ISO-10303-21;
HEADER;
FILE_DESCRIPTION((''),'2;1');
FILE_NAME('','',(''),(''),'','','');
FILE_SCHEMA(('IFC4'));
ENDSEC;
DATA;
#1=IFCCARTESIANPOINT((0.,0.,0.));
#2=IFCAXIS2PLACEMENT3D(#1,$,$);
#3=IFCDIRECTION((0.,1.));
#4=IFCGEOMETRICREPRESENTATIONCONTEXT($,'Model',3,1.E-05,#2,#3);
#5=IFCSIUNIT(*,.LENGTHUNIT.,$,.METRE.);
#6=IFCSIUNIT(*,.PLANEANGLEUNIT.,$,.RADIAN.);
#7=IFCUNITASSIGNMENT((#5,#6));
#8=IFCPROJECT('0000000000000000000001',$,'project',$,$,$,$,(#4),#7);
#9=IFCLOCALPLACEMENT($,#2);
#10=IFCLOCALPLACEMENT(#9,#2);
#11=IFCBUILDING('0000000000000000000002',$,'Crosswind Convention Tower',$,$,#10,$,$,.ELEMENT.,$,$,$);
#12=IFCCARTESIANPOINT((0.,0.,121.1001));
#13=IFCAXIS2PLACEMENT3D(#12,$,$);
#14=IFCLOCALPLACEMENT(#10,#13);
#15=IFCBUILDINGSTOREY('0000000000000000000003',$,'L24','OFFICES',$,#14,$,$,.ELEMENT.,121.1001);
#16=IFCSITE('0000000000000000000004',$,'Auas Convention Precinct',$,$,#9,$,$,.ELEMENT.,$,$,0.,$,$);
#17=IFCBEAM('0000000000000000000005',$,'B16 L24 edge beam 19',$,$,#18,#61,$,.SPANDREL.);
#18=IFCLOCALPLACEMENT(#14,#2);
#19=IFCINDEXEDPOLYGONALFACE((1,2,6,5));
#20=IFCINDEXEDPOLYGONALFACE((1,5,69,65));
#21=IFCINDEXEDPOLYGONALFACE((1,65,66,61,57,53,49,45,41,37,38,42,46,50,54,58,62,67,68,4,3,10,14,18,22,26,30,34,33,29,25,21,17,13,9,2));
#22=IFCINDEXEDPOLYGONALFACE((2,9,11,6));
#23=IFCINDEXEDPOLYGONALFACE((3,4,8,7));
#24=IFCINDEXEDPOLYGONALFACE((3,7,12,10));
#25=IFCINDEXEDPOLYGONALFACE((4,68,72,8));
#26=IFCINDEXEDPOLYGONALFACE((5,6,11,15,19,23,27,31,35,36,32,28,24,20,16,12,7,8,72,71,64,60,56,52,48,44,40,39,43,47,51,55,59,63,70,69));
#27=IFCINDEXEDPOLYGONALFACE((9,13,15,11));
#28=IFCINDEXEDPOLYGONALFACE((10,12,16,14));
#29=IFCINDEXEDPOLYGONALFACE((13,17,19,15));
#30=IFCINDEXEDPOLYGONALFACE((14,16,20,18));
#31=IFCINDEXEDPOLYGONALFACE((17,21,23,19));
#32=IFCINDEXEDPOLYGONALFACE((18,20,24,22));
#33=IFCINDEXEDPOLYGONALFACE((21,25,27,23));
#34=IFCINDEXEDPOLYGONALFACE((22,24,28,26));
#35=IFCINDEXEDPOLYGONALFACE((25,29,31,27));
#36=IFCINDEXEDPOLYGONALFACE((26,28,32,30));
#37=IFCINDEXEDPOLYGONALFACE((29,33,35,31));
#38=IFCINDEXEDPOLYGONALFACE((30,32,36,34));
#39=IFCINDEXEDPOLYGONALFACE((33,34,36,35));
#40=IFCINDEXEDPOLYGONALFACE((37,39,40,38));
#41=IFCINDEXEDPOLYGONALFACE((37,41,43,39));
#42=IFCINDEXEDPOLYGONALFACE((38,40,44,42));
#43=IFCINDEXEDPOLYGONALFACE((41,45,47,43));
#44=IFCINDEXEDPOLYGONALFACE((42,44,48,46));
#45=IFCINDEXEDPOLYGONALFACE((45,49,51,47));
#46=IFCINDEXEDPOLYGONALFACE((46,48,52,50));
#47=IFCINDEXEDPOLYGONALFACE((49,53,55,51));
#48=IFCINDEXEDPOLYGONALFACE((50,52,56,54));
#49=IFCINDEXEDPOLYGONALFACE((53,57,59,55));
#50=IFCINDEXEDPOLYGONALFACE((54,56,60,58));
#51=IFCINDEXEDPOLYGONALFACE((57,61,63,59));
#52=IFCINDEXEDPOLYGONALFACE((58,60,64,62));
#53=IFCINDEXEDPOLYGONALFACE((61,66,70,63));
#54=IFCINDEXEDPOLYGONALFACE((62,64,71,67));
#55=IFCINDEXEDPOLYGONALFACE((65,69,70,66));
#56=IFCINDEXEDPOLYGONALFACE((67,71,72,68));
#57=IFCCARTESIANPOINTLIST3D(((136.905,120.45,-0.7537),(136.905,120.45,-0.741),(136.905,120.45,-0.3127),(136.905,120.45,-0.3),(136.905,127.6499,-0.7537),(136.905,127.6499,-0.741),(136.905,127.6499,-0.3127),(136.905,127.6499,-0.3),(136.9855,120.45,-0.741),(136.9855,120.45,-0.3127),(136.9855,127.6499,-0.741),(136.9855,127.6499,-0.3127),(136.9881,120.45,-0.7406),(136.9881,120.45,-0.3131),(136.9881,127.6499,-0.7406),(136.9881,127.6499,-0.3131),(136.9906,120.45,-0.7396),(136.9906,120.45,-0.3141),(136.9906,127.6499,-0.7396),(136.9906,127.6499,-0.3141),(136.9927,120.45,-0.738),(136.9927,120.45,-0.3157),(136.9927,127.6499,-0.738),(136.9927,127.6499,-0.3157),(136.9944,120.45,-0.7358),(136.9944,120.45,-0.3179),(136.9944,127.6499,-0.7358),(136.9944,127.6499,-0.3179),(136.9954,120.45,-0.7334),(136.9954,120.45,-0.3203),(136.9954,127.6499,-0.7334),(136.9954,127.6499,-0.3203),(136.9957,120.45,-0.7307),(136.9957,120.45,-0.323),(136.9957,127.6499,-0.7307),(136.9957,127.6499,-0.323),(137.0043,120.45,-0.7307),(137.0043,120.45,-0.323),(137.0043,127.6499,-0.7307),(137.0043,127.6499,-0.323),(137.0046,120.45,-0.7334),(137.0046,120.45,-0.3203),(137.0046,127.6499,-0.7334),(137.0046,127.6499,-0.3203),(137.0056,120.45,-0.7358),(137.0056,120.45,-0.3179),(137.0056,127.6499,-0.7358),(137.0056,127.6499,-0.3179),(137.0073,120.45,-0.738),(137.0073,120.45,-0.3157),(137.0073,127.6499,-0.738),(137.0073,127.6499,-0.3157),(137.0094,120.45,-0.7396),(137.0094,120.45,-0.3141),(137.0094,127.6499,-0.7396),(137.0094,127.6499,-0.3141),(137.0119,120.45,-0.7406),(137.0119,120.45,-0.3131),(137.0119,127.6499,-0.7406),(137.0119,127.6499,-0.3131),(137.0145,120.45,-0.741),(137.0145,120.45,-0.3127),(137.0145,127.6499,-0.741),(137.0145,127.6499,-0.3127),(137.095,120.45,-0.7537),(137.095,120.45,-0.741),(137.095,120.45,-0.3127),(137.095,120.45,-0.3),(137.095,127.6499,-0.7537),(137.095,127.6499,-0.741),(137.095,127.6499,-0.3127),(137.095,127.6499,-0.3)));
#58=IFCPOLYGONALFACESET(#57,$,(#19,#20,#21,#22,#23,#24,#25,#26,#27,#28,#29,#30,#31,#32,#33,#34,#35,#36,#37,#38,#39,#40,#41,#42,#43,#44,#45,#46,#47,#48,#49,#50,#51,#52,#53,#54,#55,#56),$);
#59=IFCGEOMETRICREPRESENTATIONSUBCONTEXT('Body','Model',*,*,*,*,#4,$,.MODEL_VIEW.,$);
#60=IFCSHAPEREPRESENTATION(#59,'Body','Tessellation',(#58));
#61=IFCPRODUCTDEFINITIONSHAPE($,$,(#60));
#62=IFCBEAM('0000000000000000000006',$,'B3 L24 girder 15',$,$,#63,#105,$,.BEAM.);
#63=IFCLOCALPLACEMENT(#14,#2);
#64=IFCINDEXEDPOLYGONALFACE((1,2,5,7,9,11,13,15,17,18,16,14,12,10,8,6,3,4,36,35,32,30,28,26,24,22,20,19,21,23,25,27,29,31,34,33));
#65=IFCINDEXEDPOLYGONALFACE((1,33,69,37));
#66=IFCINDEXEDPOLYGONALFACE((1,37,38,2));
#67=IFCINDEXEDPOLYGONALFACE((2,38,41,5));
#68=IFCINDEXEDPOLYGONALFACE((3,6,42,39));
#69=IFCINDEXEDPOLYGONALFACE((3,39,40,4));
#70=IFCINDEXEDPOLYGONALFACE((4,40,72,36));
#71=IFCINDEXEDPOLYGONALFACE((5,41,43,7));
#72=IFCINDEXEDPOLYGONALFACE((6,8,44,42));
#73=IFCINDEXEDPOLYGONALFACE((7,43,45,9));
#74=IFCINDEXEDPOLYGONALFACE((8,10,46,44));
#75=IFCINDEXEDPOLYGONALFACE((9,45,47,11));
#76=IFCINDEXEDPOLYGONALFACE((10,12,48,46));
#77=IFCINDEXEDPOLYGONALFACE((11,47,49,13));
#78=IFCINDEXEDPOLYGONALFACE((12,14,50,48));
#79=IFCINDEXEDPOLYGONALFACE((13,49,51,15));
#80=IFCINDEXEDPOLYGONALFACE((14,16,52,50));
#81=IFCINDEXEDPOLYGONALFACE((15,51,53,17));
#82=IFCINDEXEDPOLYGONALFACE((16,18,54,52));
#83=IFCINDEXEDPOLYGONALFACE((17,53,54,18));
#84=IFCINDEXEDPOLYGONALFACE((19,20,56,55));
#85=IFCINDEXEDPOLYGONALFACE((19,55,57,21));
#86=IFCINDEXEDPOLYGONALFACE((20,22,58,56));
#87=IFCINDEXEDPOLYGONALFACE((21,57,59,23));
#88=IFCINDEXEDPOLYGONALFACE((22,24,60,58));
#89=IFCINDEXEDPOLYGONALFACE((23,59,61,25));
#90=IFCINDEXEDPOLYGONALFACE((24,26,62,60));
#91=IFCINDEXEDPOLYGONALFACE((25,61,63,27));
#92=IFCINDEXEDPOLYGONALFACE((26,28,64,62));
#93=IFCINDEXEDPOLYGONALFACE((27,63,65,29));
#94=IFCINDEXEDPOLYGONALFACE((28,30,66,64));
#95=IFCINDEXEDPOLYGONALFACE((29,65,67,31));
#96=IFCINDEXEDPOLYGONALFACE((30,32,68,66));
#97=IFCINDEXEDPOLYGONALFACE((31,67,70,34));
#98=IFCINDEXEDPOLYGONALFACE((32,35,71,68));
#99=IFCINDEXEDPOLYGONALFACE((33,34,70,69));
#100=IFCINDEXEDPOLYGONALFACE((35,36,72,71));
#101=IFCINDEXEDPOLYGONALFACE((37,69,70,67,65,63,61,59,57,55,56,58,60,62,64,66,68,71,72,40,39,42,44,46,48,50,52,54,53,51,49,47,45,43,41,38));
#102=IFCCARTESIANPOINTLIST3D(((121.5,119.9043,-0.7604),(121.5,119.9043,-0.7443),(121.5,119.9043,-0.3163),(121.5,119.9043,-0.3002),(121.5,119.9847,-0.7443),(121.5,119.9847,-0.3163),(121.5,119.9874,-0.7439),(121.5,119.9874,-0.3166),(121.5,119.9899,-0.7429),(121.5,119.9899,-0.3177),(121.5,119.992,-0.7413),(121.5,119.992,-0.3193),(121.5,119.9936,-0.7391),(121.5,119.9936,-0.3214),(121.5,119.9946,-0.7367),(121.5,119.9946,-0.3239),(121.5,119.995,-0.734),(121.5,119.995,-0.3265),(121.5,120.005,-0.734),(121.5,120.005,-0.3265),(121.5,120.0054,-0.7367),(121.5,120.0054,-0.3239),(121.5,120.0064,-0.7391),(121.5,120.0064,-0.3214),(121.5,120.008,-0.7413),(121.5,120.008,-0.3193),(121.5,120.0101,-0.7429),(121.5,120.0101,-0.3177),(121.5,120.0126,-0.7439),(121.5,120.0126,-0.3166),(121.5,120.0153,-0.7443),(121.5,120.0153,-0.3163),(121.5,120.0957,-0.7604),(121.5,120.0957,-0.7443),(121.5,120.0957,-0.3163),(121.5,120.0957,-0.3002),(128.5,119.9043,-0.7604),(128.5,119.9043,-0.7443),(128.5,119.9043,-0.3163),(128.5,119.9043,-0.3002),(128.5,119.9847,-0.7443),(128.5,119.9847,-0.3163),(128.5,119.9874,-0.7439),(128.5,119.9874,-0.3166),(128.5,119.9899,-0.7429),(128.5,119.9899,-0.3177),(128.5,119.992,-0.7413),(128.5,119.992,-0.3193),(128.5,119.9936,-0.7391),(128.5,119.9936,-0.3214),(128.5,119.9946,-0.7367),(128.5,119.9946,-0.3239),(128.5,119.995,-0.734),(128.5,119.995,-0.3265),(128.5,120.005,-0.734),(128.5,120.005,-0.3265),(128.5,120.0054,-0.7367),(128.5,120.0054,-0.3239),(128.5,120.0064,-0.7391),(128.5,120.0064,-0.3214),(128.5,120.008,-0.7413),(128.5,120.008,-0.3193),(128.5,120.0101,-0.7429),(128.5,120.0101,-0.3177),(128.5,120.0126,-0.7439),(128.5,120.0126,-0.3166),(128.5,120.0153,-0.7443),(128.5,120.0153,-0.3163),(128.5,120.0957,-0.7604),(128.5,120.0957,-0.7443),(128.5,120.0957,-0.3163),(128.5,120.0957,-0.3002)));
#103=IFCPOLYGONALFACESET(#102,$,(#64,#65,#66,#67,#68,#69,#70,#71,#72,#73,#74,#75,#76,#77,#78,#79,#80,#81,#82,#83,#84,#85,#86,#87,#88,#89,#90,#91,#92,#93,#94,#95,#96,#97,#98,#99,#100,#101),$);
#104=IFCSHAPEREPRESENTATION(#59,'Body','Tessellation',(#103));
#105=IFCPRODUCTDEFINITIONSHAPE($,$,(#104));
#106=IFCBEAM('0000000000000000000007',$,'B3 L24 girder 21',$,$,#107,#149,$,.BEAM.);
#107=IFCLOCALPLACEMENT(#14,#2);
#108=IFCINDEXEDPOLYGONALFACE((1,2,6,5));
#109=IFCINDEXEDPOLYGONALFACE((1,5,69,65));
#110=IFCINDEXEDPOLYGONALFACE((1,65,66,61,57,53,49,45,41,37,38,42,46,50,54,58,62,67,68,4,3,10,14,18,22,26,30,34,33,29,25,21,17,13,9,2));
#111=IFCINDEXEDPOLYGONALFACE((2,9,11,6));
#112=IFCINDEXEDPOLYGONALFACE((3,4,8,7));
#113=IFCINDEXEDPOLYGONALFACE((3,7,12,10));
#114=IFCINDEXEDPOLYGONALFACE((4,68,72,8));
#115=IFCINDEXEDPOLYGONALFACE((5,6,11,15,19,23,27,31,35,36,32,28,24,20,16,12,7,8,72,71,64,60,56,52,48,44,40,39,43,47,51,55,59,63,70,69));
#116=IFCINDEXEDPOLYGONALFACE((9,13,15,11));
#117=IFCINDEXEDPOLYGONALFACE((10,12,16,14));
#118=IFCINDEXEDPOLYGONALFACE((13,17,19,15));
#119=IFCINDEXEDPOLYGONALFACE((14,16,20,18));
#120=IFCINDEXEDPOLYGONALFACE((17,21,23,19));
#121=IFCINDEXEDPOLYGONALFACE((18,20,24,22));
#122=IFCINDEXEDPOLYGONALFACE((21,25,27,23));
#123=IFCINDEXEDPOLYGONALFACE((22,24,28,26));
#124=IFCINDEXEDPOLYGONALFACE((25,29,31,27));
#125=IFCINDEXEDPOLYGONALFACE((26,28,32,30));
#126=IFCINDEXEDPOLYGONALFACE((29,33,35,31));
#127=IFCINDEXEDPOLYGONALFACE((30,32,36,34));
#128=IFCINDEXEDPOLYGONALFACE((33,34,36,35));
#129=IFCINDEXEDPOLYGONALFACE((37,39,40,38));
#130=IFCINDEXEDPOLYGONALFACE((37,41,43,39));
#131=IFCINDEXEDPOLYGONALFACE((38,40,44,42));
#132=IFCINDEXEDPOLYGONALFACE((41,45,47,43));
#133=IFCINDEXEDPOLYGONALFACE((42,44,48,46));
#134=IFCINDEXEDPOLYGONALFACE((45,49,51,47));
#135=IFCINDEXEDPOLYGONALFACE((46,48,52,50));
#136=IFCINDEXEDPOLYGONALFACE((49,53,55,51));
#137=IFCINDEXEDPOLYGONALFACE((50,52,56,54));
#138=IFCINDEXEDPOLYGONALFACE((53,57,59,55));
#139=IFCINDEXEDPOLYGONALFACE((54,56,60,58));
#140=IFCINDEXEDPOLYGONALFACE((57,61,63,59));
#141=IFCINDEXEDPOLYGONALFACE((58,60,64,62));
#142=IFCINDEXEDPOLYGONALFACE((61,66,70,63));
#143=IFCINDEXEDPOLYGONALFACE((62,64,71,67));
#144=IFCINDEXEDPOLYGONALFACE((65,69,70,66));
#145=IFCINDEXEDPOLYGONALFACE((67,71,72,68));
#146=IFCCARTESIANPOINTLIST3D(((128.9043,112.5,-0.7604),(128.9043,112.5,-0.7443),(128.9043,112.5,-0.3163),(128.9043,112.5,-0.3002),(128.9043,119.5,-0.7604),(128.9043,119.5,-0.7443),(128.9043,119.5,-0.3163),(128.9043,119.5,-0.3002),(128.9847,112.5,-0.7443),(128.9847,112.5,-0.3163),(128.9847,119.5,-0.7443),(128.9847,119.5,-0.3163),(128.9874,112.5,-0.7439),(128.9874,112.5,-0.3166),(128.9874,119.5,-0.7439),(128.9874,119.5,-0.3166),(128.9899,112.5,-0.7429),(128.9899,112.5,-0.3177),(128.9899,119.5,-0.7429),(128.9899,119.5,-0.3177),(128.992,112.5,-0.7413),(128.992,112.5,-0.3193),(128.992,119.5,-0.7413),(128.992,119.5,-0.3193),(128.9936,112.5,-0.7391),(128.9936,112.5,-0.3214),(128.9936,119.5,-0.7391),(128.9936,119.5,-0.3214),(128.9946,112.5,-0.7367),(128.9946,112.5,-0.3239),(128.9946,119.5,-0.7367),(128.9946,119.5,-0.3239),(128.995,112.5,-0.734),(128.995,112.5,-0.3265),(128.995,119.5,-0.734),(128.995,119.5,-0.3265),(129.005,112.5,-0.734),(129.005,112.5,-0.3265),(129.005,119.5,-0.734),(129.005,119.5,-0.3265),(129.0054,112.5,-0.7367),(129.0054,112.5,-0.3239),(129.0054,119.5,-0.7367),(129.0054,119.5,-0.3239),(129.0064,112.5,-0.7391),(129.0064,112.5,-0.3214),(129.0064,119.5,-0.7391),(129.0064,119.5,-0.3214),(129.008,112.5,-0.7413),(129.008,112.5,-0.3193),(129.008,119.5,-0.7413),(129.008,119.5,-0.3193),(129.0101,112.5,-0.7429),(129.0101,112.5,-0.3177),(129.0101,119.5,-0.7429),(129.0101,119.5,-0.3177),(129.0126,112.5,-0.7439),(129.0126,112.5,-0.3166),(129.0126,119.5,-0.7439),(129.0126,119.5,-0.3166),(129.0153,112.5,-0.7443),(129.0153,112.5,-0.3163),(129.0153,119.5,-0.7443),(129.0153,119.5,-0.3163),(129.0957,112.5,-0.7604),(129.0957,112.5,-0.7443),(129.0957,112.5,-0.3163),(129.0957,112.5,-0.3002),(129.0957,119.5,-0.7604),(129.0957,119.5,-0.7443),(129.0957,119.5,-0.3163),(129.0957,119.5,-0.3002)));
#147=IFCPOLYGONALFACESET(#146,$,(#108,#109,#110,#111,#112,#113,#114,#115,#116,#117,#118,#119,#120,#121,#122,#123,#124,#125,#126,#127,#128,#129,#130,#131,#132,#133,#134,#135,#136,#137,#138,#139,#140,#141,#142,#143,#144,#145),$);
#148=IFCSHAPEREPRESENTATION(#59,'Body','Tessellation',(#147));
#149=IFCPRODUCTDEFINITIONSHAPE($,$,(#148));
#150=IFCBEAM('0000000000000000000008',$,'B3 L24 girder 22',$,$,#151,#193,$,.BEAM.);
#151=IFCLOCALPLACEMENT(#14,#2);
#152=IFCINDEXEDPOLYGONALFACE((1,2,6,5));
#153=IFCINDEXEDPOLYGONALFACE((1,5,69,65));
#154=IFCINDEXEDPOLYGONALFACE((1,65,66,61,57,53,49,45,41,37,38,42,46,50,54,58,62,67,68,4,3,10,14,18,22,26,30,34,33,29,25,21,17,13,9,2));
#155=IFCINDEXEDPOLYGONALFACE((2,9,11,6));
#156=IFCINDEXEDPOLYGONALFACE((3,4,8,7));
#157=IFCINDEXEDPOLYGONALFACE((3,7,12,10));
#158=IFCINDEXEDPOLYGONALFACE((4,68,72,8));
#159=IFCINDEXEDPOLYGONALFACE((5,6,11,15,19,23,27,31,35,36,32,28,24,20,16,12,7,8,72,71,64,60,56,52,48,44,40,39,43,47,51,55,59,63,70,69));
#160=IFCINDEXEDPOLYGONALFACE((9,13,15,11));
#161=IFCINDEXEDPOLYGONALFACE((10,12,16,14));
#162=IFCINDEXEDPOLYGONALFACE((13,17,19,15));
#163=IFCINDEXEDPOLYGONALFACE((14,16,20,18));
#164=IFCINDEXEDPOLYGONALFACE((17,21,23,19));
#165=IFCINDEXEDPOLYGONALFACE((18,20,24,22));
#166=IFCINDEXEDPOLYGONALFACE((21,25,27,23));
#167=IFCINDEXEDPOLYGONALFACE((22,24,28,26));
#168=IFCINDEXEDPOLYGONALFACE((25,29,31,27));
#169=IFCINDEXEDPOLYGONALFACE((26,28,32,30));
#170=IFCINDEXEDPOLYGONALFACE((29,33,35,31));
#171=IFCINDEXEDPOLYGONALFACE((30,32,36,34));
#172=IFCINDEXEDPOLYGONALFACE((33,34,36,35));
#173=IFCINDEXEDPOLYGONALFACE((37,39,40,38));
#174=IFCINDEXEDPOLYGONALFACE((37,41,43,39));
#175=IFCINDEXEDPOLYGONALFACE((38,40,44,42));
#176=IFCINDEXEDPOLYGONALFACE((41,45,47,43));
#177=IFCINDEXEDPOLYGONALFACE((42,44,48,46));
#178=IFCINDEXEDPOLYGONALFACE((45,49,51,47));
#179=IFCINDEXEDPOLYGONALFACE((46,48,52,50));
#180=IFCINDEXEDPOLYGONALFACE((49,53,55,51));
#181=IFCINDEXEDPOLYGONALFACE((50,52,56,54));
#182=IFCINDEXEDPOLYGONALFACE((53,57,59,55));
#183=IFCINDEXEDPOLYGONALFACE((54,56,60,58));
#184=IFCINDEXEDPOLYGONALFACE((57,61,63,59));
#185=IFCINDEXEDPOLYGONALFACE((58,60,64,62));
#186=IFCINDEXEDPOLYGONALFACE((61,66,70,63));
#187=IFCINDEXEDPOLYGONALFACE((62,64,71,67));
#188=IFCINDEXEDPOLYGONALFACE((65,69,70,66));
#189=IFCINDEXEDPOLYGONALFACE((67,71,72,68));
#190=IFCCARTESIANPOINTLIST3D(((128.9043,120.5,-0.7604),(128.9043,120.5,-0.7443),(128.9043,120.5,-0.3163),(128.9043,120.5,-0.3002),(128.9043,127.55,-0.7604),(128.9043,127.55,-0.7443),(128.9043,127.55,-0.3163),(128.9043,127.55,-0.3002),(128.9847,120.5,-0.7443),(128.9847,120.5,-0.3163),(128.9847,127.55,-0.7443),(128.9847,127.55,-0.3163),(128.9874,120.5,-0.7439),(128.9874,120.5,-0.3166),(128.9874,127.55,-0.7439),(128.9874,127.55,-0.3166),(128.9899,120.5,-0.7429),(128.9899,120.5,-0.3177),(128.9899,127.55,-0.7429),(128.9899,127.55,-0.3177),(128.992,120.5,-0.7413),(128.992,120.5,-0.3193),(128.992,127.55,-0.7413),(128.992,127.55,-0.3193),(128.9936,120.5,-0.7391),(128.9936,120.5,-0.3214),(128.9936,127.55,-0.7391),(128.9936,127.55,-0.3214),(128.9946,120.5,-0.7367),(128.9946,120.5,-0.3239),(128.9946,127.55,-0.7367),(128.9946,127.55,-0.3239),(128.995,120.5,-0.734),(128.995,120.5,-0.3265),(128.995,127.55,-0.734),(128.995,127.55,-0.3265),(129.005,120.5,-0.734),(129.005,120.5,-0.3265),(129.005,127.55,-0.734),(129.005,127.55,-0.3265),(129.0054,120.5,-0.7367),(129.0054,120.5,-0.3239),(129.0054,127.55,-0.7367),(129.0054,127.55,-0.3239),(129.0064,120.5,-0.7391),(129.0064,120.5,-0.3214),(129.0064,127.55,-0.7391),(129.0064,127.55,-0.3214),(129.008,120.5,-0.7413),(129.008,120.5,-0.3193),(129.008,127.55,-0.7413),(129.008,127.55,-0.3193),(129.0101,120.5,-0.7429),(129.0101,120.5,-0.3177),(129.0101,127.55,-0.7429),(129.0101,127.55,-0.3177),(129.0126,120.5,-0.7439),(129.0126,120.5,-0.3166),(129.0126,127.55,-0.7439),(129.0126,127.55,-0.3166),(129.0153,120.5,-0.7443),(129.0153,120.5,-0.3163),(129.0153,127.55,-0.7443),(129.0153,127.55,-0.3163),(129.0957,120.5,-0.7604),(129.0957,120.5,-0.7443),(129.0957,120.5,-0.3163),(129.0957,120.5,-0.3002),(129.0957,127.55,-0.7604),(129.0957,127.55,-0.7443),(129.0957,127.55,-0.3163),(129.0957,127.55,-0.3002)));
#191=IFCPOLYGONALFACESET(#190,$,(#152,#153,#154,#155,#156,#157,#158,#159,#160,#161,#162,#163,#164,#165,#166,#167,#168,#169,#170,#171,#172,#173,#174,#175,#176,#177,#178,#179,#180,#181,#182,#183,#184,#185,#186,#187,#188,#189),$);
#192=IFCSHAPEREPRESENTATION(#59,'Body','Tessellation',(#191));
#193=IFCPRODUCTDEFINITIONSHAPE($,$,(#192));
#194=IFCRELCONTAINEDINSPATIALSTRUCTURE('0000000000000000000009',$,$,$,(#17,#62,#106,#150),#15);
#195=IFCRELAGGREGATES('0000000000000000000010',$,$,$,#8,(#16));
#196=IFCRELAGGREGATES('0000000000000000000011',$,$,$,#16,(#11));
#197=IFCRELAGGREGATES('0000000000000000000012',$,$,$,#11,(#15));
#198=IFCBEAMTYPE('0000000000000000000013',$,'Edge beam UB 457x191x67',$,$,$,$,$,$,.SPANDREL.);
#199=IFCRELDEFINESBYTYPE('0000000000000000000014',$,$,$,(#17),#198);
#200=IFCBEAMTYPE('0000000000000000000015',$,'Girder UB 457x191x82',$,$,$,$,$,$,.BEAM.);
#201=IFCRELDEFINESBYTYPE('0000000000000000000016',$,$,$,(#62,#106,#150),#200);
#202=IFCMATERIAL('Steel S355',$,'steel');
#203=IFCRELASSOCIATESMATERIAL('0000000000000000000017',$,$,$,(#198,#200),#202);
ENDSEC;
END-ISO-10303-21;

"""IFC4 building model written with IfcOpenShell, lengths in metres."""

from ifc_helpers import new_model, si_unit, direction, frame, origin, origin_2d, place, context, subcontext, project, spatial, i_section, extrude, material, material_profile, profile_set, type_object, element, save


model = new_model("IFC4")

# Units and contexts
model_context = context("Model", 3, precision=1e-05, world=origin(), true_north=direction((0.0, 1.0)))
body_context = subcontext(model_context, "Body", "Model", "MODEL_VIEW")
ifc_project = project(units=[si_unit("LENGTHUNIT", "METRE"), si_unit("PLANEANGLEUNIT", "RADIAN")], contexts=[model_context])

# Site, building, storey
site_placement = place(None, origin())
site = spatial("IfcSite", under=ifc_project, at=site_placement, Name="Auas Convention Precinct", CompositionType="ELEMENT", RefElevation=0.0)
building_placement = place(site_placement, origin())
building = spatial("IfcBuilding", under=site, at=building_placement, Name="Crosswind Convention Tower", CompositionType="ELEMENT")
storey_placement = place(building_placement, frame((0.0, 0.0, 121.1001)))
storey = spatial("IfcBuildingStorey", under=building, at=storey_placement, Name="L24", Description="OFFICES", CompositionType="ELEMENT", Elevation=121.1001)

# Beams
ifc_material_1 = material(Name="Steel S355", Category="steel")
ifc_material_profile_1 = material_profile(ifc_material_1, i_section(OverallWidth=0.1899, OverallDepth=0.4536, WebThickness=0.0085, FlangeThickness=0.0127, FilletRadius=0.0103, at=origin_2d()), Name="UB 457x191x67")
ifc_profile_set_1 = profile_set([ifc_material_profile_1], Name="Steel S355")
beam_type_1 = type_object("IfcBeamType", Name="Edge beam UB 457x191x67", PredefinedType="SPANDREL", material=ifc_profile_set_1)
for number, where, z_axis, x_axis, name in (
    (1, (137.0, 120.45, -0.5269), (0.0, 1.0, 0.0), (-1.0, 0.0, 0.0), "B16 L24 edge beam 19"),
):
    element("IfcBeam", number, at=place(storey_placement, frame(where, z_axis=z_axis, x_axis=x_axis)), inside=storey, type_object=beam_type_1, Name=name, PredefinedType="SPANDREL", context=body_context, shape_type="SweptSolid", body=[
        extrude(i_section(OverallWidth=0.1899, OverallDepth=0.4536, WebThickness=0.0085, FlangeThickness=0.0127, FilletRadius=0.0103, at=origin_2d()), origin(), (0.0, 0.0, 1.0), 7.2),
    ])
ifc_material_profile_2 = material_profile(ifc_material_1, i_section(OverallWidth=0.1914, OverallDepth=0.4602, WebThickness=0.01, FlangeThickness=0.0161, FilletRadius=0.0103, at=origin_2d()), Name="UB 457x191x82")
ifc_profile_set_2 = profile_set([ifc_material_profile_2], Name="Steel S355")
beam_type_2 = type_object("IfcBeamType", Name="Girder UB 457x191x82", PredefinedType="BEAM", material=ifc_profile_set_2)
for number, where, z_axis, x_axis, name in (
    (2, (121.5, 120.0, -0.5303), (1.0, 0.0, 0.0), (0.0, 1.0, 0.0), "B3 L24 girder 15"),
    (3, (129.0, 112.5, -0.5303), (0.0, 1.0, 0.0), (-1.0, 0.0, 0.0), "B3 L24 girder 21"),
):
    element("IfcBeam", number, at=place(storey_placement, frame(where, z_axis=z_axis, x_axis=x_axis)), inside=storey, type_object=beam_type_2, Name=name, PredefinedType="BEAM", context=body_context, shape_type="SweptSolid", body=[
        extrude(i_section(OverallWidth=0.1914, OverallDepth=0.4602, WebThickness=0.01, FlangeThickness=0.0161, FilletRadius=0.0103, at=origin_2d()), origin(), (0.0, 0.0, 1.0), 7.0),
    ])
for number, where, z_axis, x_axis, name in (
    (4, (129.0, 120.5, -0.5303), (0.0, 1.0, 0.0), (-1.0, 0.0, 0.0), "B3 L24 girder 22"),
):
    element("IfcBeam", number, at=place(storey_placement, frame(where, z_axis=z_axis, x_axis=x_axis)), inside=storey, type_object=beam_type_2, Name=name, PredefinedType="BEAM", context=body_context, shape_type="SweptSolid", body=[
        extrude(i_section(OverallWidth=0.1914, OverallDepth=0.4602, WebThickness=0.01, FlangeThickness=0.0161, FilletRadius=0.0103, at=origin_2d()), origin(), (0.0, 0.0, 1.0), 7.05),
    ])

save(model, "model.ifc")
